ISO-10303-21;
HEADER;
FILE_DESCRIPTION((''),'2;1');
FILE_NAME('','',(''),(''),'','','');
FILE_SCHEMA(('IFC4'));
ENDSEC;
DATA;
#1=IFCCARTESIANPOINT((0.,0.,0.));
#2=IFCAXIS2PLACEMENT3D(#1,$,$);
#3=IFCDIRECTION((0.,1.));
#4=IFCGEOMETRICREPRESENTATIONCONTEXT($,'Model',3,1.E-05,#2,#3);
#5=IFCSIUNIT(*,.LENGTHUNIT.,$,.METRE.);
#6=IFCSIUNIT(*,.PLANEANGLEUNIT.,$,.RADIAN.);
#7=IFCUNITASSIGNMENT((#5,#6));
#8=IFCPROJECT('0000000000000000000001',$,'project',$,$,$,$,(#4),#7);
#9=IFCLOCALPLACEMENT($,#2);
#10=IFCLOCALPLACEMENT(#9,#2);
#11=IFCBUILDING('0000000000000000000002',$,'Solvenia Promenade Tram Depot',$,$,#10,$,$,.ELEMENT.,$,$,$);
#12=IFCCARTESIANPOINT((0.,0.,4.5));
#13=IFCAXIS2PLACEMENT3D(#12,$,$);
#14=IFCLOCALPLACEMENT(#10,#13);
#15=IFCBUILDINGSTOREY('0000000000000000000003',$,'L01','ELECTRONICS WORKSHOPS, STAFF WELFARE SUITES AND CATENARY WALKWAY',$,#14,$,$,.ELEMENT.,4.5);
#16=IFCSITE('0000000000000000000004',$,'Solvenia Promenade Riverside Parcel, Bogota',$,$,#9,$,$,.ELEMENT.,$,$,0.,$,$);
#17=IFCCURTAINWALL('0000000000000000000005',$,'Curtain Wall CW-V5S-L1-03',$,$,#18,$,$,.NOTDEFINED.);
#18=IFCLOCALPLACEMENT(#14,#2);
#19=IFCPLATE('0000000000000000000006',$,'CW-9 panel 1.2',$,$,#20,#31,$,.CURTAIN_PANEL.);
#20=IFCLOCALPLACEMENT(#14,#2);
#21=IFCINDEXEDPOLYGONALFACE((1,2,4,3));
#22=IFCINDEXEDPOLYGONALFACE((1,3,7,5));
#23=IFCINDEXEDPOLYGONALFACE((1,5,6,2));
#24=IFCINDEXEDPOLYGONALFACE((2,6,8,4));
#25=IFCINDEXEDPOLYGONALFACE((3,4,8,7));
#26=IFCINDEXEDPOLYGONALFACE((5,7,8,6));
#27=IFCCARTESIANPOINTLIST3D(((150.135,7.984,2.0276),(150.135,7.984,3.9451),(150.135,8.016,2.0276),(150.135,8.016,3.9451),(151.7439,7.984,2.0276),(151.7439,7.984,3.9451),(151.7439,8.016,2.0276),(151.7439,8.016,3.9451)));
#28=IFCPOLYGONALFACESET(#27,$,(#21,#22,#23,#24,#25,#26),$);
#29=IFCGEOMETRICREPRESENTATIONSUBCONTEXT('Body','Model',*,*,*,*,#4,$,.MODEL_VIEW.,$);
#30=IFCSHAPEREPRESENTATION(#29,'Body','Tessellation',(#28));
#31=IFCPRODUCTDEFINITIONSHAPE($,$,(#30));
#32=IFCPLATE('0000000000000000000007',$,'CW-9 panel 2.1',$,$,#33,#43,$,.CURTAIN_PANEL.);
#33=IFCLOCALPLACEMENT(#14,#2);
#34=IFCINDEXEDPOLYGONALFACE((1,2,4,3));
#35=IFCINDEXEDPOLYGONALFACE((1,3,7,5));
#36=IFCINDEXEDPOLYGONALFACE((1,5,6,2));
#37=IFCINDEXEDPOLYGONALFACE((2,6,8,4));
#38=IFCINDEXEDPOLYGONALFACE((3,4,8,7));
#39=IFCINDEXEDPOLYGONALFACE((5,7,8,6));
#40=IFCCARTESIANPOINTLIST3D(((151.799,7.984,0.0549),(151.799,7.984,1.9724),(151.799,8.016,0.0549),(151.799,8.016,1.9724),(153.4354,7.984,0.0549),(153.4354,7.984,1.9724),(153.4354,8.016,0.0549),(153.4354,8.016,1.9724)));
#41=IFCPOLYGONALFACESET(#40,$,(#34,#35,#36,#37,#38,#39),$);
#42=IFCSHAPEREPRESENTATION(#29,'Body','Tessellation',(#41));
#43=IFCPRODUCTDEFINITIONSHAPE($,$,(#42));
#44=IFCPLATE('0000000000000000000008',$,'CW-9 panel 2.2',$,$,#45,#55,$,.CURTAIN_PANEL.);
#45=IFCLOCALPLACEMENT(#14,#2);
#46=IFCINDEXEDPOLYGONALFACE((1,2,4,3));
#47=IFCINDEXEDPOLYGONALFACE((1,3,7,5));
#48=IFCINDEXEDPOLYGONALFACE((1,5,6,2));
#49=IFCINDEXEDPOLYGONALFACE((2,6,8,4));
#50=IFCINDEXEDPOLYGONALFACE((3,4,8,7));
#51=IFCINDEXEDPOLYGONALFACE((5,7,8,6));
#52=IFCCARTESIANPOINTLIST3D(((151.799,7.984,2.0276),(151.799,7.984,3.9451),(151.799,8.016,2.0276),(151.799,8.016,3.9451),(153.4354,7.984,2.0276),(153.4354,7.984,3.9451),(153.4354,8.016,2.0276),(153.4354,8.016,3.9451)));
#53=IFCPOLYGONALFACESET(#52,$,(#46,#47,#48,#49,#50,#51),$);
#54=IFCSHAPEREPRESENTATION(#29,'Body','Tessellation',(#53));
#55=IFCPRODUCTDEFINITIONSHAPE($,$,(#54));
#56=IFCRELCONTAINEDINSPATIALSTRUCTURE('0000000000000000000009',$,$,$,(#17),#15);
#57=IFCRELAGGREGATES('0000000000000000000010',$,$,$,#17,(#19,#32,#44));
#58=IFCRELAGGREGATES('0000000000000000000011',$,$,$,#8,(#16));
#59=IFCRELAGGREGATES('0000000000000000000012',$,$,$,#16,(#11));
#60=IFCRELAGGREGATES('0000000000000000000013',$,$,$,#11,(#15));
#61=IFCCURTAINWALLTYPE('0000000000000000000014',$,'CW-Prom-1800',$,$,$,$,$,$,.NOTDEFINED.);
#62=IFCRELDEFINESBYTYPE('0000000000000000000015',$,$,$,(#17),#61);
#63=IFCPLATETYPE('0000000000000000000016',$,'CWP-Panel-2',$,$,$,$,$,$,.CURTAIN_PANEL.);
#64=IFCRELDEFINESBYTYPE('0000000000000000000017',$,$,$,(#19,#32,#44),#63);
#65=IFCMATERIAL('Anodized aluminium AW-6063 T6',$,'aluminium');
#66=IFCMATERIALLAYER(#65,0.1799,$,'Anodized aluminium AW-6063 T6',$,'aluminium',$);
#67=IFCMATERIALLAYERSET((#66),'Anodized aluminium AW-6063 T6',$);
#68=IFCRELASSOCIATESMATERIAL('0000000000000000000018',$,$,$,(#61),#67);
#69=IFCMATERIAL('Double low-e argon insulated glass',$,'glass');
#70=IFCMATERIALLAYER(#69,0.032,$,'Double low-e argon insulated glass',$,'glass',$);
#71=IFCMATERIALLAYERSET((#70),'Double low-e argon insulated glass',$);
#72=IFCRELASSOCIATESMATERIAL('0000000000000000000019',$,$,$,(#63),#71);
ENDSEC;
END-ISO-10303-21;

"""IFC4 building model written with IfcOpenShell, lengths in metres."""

from ifc_helpers import new_model, si_unit, direction, frame, origin, origin_2d, place, context, subcontext, project, spatial, rectangle, extrude, material, layer, layer_set, type_object, element, aggregate, save


model = new_model("IFC4")

# Units and contexts
model_context = context("Model", 3, precision=1e-05, world=origin(), true_north=direction((0.0, 1.0)))
body_context = subcontext(model_context, "Body", "Model", "MODEL_VIEW")
ifc_project = project(units=[si_unit("LENGTHUNIT", "METRE"), si_unit("PLANEANGLEUNIT", "RADIAN")], contexts=[model_context])

# Site, building, storey
site_placement = place(None, origin())
site = spatial("IfcSite", under=ifc_project, at=site_placement, Name="Solvenia Promenade Riverside Parcel, Bogota", CompositionType="ELEMENT", RefElevation=0.0)
building_placement = place(site_placement, origin())
building = spatial("IfcBuilding", under=site, at=building_placement, Name="Solvenia Promenade Tram Depot", CompositionType="ELEMENT")
storey_placement = place(building_placement, frame((0.0, 0.0, 4.5)))
storey = spatial("IfcBuildingStorey", under=building, at=storey_placement, Name="L01", Description="ELECTRONICS WORKSHOPS, STAFF WELFARE SUITES AND CATENARY WALKWAY", CompositionType="ELEMENT", Elevation=4.5)

# Shared definitions
ifc_material_1 = material(Name="Anodized aluminium AW-6063 T6", Category="aluminium")
ifc_layer_1 = layer(ifc_material_1, 0.1799, Name="Anodized aluminium AW-6063 T6", Category="aluminium")
ifc_layer_set_1 = layer_set([ifc_layer_1], Name="Anodized aluminium AW-6063 T6")
curtain_wall_type = type_object("IfcCurtainWallType", Name="CW-Prom-1800", PredefinedType="NOTDEFINED", material=ifc_layer_set_1)

# Curtain wall
curtain_wall_1_placement = place(storey_placement, origin())
curtain_wall_1 = element("IfcCurtainWall", 1, at=curtain_wall_1_placement, inside=storey, type_object=curtain_wall_type, Name="Curtain Wall CW-V5S-L1-03", PredefinedType="NOTDEFINED")

# Plates
ifc_material_2 = material(Name="Double low-e argon insulated glass", Category="glass")
ifc_layer_2 = layer(ifc_material_2, 0.032, Name="Double low-e argon insulated glass", Category="glass")
ifc_layer_set_2 = layer_set([ifc_layer_2], Name="Double low-e argon insulated glass")
plate_type = type_object("IfcPlateType", Name="CWP-Panel-2", PredefinedType="CURTAIN_PANEL", material=ifc_layer_set_2)
plate_1_placement = place(storey_placement, frame((150.9395, 8.0, 2.0276), z_axis=(0.0, 0.0, 1.0), x_axis=(1.0, 0.0, 0.0)))
plate_1 = element("IfcPlate", 2, at=plate_1_placement, type_object=plate_type, Name="CW-9 panel 1.2", PredefinedType="CURTAIN_PANEL", context=body_context, shape_type="SweptSolid", body=[
    extrude(rectangle(XDim=1.6089, YDim=0.032, at=origin_2d()), origin(), (0.0, 0.0, 1.0), 1.9175),
])
plate_2_placement = place(storey_placement, frame((152.6172, 8.0, 0.0549), z_axis=(0.0, 0.0, 1.0), x_axis=(1.0, 0.0, 0.0)))
plate_2 = element("IfcPlate", 3, at=plate_2_placement, type_object=plate_type, Name="CW-9 panel 2.1", PredefinedType="CURTAIN_PANEL", context=body_context, shape_type="SweptSolid", body=[
    extrude(rectangle(XDim=1.6365, YDim=0.032, at=origin_2d()), origin(), (0.0, 0.0, 1.0), 1.9175),
])
plate_3_placement = place(storey_placement, frame((152.6172, 8.0, 2.0276), z_axis=(0.0, 0.0, 1.0), x_axis=(1.0, 0.0, 0.0)))
plate_3 = element("IfcPlate", 4, at=plate_3_placement, type_object=plate_type, Name="CW-9 panel 2.2", PredefinedType="CURTAIN_PANEL", context=body_context, shape_type="SweptSolid", body=[
    extrude(rectangle(XDim=1.6365, YDim=0.032, at=origin_2d()), origin(), (0.0, 0.0, 1.0), 1.9175),
])
aggregate(curtain_wall_1, [plate_1, plate_2, plate_3])

save(model, "model.ifc")
